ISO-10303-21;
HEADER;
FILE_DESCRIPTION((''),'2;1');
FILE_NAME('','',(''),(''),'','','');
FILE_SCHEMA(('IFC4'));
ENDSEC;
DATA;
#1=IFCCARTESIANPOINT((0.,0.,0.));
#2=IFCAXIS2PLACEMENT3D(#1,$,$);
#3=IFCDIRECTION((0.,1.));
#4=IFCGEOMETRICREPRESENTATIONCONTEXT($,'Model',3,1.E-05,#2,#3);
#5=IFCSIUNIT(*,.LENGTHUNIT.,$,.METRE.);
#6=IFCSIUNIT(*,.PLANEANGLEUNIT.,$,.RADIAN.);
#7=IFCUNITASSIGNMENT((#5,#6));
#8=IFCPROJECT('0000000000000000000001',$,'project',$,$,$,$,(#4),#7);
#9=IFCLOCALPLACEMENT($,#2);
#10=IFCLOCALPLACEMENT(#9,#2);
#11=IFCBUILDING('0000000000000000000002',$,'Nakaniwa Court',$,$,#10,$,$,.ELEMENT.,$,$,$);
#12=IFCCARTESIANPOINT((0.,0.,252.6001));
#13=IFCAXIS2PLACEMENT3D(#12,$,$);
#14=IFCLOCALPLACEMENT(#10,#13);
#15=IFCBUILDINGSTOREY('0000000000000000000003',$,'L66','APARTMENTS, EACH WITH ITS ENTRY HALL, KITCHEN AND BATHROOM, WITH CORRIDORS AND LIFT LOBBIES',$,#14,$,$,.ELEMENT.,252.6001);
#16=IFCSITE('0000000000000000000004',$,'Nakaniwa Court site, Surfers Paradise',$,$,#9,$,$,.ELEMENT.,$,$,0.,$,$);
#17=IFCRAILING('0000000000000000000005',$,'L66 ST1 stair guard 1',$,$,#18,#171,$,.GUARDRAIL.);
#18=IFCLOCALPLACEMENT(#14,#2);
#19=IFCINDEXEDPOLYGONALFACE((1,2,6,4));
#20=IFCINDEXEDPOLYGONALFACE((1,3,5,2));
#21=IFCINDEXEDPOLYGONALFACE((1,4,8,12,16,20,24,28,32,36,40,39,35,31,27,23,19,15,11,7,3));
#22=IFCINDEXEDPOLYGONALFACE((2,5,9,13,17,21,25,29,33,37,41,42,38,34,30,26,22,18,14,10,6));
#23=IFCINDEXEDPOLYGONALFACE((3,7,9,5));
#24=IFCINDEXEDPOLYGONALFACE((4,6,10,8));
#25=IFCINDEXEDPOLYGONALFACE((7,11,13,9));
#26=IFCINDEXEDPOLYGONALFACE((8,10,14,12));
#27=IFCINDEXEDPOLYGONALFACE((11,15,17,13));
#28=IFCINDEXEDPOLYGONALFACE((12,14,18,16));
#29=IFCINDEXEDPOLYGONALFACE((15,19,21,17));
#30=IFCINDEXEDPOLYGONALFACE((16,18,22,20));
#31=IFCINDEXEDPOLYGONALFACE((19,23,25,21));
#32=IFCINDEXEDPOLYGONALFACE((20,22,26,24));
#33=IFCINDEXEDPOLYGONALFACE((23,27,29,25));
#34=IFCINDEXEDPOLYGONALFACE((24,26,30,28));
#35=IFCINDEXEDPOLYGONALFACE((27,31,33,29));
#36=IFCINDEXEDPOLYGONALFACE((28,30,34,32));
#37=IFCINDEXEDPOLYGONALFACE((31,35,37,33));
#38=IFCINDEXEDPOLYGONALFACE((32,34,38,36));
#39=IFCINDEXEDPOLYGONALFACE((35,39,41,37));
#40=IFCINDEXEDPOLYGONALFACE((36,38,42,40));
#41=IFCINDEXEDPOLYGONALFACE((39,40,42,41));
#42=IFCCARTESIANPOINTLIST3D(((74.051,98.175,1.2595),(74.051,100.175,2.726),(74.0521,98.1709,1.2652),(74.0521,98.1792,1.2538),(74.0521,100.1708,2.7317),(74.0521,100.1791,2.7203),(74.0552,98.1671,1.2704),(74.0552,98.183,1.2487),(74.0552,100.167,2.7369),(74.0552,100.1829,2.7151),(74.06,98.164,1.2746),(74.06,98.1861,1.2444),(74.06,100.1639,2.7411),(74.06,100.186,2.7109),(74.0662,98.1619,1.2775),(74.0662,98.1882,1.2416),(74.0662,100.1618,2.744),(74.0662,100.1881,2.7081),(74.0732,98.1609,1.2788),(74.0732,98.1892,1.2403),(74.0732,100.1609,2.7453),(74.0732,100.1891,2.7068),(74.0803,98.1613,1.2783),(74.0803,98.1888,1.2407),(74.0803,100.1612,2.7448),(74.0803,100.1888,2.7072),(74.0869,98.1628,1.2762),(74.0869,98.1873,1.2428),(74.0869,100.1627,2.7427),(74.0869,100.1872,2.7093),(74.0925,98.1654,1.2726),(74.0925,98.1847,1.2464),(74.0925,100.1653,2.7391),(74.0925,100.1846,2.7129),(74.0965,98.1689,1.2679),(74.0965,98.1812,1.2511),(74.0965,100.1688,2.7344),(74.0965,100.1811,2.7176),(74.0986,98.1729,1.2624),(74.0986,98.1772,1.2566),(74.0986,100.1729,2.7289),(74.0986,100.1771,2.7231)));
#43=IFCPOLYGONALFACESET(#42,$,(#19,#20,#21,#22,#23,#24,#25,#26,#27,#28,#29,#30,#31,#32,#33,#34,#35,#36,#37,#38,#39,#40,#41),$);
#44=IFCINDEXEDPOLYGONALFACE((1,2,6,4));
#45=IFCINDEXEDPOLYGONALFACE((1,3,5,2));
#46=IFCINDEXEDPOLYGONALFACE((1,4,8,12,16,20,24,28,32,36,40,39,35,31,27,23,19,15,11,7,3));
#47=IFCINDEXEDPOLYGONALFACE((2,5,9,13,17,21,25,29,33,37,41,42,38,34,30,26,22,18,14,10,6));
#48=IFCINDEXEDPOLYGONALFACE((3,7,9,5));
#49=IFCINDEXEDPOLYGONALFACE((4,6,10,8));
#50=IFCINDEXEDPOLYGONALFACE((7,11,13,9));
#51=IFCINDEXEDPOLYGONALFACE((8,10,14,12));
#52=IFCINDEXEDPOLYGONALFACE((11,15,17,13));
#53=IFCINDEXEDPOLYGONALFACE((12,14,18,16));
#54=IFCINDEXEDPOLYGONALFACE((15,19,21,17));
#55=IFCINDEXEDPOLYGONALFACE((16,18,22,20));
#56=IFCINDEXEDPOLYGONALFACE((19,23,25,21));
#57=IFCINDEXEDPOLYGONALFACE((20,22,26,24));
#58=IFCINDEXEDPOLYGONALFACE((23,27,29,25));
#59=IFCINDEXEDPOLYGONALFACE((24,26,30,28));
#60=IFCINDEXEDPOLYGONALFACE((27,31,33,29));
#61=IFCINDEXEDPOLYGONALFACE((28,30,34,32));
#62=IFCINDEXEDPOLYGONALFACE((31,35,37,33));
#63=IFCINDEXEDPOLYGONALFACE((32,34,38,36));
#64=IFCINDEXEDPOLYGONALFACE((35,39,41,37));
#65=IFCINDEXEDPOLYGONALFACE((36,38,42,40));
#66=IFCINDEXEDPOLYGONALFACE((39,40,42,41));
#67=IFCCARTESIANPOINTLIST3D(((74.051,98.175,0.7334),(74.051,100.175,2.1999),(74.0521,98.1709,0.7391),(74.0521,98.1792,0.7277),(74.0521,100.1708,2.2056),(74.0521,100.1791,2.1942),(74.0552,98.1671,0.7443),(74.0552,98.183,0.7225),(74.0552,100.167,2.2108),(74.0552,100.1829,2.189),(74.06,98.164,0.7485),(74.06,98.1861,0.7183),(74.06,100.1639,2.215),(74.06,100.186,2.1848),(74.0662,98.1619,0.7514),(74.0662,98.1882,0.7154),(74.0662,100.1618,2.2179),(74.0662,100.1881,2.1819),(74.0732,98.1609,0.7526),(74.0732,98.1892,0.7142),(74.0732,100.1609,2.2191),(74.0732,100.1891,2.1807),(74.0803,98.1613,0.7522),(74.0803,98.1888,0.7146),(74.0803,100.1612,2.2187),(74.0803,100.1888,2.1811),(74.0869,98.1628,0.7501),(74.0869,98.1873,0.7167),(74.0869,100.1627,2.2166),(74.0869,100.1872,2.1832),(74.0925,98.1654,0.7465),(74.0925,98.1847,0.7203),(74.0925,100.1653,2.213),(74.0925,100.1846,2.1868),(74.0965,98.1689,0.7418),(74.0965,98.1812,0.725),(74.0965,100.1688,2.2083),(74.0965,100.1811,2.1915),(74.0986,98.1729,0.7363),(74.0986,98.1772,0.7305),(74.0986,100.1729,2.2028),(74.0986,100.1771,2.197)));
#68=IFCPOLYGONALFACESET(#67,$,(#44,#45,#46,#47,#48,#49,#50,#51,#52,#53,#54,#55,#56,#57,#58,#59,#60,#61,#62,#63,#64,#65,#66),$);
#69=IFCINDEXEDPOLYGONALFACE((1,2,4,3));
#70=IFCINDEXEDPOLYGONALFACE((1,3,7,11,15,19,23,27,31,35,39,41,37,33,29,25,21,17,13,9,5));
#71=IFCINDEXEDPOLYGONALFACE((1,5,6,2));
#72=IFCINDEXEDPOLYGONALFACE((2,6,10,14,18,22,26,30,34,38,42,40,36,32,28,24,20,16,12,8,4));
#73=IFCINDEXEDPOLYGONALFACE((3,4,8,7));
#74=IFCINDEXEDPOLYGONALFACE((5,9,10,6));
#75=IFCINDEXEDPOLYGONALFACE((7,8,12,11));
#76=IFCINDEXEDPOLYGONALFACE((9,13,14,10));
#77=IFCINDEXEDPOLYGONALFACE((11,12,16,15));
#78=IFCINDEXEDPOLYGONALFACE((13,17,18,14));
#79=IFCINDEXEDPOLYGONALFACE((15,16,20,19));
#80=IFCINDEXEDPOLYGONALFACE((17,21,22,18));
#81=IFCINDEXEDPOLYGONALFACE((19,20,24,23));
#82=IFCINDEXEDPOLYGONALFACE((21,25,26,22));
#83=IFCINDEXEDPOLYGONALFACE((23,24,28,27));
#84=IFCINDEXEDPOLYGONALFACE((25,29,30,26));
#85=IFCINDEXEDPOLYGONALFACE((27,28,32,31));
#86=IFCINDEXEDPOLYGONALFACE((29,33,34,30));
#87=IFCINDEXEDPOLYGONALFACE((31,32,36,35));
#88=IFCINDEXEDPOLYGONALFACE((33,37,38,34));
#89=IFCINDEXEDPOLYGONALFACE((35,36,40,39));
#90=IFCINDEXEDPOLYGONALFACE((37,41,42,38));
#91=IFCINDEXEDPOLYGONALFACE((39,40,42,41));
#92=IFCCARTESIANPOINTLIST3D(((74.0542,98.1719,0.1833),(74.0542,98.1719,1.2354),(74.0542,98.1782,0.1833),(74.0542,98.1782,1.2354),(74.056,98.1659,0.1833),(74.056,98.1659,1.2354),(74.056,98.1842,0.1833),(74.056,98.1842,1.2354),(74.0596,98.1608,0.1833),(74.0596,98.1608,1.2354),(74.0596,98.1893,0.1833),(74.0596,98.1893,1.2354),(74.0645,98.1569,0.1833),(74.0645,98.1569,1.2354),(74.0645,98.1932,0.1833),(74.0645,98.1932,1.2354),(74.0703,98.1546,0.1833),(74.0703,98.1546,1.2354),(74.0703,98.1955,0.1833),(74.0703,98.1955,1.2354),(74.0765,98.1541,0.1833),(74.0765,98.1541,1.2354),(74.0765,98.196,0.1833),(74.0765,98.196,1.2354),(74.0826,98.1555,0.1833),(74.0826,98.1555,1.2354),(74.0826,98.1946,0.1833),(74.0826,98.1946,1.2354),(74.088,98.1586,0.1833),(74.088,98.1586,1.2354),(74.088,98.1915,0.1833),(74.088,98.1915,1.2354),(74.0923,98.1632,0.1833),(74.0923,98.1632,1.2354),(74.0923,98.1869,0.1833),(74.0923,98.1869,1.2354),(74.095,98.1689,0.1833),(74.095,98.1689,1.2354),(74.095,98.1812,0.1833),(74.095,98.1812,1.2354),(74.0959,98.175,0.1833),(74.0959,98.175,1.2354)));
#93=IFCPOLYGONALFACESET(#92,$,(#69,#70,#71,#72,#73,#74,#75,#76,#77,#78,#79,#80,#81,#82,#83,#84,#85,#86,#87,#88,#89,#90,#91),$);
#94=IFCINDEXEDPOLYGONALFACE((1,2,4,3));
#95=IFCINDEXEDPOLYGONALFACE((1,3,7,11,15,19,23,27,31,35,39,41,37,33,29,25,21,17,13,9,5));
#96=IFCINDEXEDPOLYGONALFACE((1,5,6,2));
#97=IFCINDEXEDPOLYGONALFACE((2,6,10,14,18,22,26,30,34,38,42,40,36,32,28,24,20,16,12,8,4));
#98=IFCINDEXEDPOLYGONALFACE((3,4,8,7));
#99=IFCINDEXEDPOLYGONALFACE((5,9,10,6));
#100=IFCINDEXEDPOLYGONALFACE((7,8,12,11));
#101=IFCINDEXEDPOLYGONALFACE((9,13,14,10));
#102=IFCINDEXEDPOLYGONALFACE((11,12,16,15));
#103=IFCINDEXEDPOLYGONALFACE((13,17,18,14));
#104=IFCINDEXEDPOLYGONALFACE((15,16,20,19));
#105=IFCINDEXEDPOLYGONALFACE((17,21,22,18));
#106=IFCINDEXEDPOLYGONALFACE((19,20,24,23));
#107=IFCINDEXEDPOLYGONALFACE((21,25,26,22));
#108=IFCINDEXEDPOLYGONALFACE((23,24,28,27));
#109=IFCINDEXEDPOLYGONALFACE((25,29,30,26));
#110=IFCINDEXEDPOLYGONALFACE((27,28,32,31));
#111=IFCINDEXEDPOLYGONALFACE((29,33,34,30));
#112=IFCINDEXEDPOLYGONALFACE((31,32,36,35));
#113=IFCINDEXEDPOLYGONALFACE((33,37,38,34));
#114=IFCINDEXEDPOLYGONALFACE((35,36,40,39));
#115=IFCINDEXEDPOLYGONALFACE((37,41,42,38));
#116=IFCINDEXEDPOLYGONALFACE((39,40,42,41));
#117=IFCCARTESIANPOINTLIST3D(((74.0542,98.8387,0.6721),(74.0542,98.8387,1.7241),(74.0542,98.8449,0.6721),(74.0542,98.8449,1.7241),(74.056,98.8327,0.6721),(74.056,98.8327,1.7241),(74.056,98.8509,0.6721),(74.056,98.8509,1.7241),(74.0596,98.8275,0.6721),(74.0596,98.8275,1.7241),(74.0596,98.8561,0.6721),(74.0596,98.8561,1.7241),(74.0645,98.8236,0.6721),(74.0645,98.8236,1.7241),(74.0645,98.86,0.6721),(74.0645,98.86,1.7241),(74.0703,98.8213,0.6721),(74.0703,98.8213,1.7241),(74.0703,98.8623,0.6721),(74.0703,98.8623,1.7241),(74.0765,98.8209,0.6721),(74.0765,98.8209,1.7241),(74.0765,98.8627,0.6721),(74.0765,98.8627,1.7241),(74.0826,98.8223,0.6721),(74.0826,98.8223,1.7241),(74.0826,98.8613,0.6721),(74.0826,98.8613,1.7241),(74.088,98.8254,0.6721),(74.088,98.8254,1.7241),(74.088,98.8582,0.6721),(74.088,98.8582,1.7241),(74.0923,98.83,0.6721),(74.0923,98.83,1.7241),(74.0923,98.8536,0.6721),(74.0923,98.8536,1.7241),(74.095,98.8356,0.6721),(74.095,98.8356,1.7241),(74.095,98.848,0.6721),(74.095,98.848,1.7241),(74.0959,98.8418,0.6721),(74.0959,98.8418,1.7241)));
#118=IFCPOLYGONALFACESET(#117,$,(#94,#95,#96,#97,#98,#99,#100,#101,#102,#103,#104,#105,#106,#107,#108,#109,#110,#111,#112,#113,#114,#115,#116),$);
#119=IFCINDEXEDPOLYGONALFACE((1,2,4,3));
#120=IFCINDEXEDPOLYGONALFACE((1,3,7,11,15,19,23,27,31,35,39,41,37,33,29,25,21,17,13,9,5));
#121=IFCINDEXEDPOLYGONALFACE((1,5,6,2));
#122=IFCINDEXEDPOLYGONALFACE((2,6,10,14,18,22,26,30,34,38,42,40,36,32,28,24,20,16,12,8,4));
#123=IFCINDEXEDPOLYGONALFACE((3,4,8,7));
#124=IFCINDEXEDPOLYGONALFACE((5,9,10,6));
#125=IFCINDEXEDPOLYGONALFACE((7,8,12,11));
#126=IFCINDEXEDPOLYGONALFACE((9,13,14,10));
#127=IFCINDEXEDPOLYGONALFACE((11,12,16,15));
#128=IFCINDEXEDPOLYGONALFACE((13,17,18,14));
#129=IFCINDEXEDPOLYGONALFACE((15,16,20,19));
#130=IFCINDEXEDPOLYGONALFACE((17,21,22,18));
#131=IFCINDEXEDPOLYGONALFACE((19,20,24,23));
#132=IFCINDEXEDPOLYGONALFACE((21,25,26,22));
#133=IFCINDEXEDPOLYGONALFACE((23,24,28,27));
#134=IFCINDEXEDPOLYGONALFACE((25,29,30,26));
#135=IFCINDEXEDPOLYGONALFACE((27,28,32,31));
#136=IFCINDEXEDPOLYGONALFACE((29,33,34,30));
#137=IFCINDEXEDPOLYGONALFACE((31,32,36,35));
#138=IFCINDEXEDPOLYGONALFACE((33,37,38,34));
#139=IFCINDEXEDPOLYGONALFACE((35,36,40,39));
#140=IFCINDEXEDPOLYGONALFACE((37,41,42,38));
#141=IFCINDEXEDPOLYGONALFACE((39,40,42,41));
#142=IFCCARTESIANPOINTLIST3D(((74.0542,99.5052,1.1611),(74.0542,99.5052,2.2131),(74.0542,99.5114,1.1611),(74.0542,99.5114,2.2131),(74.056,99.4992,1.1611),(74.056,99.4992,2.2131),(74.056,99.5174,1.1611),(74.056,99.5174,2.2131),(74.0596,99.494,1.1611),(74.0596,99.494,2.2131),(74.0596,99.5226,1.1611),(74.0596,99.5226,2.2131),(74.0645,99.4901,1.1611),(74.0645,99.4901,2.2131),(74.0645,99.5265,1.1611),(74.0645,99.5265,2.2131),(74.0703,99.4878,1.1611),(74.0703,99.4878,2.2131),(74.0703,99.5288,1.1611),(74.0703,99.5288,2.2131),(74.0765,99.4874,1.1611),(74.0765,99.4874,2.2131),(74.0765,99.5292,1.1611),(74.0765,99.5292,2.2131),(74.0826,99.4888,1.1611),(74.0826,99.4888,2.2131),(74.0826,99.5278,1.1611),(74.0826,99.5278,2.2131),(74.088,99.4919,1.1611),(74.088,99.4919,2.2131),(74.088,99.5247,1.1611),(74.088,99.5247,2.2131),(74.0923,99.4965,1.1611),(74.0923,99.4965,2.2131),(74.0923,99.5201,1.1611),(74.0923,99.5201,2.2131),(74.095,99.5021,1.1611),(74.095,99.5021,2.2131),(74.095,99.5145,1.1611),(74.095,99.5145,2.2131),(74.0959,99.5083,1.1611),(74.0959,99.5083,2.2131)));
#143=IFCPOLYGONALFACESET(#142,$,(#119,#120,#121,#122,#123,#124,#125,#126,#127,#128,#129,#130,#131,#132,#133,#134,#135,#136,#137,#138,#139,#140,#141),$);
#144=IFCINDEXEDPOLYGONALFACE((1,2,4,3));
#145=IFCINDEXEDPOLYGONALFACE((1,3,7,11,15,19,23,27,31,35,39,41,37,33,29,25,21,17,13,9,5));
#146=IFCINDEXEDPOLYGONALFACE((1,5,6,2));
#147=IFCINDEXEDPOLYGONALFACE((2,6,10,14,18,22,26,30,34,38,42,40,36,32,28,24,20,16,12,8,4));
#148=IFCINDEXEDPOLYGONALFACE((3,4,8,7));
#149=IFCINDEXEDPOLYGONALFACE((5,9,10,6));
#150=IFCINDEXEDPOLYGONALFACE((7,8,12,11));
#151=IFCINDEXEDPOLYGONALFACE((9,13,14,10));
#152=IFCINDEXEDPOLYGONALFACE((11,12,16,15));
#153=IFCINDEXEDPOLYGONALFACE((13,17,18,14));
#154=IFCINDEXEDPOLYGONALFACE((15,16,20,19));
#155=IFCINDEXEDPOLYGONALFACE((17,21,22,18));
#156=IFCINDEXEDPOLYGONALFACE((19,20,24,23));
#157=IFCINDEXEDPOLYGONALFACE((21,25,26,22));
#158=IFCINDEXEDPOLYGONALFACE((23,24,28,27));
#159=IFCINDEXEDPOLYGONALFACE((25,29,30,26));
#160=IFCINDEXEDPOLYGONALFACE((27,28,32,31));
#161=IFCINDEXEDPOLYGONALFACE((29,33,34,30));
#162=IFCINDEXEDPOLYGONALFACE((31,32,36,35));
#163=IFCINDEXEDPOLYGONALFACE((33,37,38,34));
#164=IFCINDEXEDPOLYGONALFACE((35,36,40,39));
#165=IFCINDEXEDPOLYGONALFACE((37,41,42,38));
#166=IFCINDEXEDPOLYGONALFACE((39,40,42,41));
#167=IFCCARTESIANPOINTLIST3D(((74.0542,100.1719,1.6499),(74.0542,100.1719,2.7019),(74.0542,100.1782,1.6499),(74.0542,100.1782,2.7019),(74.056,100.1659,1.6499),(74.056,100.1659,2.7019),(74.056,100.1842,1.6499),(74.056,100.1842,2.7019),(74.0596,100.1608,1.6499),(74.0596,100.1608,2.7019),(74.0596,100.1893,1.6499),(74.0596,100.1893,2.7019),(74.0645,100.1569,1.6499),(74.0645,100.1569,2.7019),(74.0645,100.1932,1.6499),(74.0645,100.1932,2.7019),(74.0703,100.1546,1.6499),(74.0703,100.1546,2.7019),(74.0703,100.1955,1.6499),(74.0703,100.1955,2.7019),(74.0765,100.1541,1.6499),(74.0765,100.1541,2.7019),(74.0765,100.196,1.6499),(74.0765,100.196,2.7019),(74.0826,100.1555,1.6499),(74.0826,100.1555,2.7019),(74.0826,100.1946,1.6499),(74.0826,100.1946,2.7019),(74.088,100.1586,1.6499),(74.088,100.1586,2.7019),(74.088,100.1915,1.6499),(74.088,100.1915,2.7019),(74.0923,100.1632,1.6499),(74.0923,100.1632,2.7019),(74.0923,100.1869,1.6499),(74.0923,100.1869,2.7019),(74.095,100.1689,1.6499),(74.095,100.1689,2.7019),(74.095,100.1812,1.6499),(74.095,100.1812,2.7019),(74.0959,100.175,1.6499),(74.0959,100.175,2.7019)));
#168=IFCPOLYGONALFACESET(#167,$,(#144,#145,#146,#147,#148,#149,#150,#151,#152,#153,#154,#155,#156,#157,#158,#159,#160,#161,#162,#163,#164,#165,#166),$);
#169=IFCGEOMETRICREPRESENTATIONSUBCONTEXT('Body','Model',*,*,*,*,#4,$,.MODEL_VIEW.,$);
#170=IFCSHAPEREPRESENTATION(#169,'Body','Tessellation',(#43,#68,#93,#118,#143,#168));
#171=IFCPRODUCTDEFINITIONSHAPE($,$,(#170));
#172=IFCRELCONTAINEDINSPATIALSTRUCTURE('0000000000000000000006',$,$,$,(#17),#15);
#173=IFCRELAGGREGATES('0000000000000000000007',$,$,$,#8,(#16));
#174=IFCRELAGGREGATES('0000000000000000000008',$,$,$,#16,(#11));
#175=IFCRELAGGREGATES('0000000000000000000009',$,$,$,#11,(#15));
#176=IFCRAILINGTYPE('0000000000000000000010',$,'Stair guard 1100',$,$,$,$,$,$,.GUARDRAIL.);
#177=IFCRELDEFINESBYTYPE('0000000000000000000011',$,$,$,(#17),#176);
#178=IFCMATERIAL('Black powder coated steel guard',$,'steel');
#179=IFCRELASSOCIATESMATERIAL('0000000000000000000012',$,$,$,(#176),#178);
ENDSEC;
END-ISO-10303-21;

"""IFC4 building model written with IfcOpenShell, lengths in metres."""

from ifc_helpers import new_model, si_unit, direction, frame, origin, origin_2d, place, context, subcontext, project, spatial, circle, extrude, material, type_object, element, save


model = new_model("IFC4")

# Units and contexts
model_context = context("Model", 3, precision=1e-05, world=origin(), true_north=direction((0.0, 1.0)))
body_context = subcontext(model_context, "Body", "Model", "MODEL_VIEW")
ifc_project = project(units=[si_unit("LENGTHUNIT", "METRE"), si_unit("PLANEANGLEUNIT", "RADIAN")], contexts=[model_context])

# Site, building, storey
site_placement = place(None, origin())
site = spatial("IfcSite", under=ifc_project, at=site_placement, Name="Nakaniwa Court site, Surfers Paradise", CompositionType="ELEMENT", RefElevation=0.0)
building_placement = place(site_placement, origin())
building = spatial("IfcBuilding", under=site, at=building_placement, Name="Nakaniwa Court", CompositionType="ELEMENT")
storey_placement = place(building_placement, frame((0.0, 0.0, 252.6001)))
storey = spatial("IfcBuildingStorey", under=building, at=storey_placement, Name="L66", Description="APARTMENTS, EACH WITH ITS ENTRY HALL, KITCHEN AND BATHROOM, WITH CORRIDORS AND LIFT LOBBIES", CompositionType="ELEMENT", Elevation=252.6001)

# Railing
ifc_material_1 = material(Name="Black powder coated steel guard", Category="steel")
railing_type_1 = type_object("IfcRailingType", Name="Stair guard 1100", PredefinedType="GUARDRAIL", material=ifc_material_1)
railing_1_placement = place(storey_placement, frame((74.075, 98.175, 0.1833)))
element("IfcRailing", 1, at=railing_1_placement, inside=storey, type_object=railing_type_1, Name="L66 ST1 stair guard 1", PredefinedType="GUARDRAIL", context=body_context, shape_type="SweptSolid", body=[
    extrude(circle(Radius=0.0239, at=origin_2d()), frame((0.0, 0.0, 1.0762), z_axis=(0.0, 0.806427, 0.591334), x_axis=(-1.0, 0.0, 0.0)), (0.0, 0.0, 1.0), 2.48),
    extrude(circle(Radius=0.0239, at=origin_2d()), frame((0.0, 0.0, 0.55), z_axis=(0.0, 0.806427, 0.591334), x_axis=(-1.0, 0.0, 0.0)), (0.0, 0.0, 1.0), 2.48),
    extrude(circle(Radius=0.021, at=origin_2d()), origin(), (0.0, 0.0, 1.0), 1.052),
    extrude(circle(Radius=0.021, at=origin_2d()), frame((0.0, 0.6667, 0.4888)), (0.0, 0.0, 1.0), 1.052),
    extrude(circle(Radius=0.021, at=origin_2d()), frame((0.0, 1.3333, 0.9778)), (0.0, 0.0, 1.0), 1.052),
    extrude(circle(Radius=0.021, at=origin_2d()), frame((0.0, 2.0, 1.4666)), (0.0, 0.0, 1.0), 1.052),
])

save(model, "model.ifc")
